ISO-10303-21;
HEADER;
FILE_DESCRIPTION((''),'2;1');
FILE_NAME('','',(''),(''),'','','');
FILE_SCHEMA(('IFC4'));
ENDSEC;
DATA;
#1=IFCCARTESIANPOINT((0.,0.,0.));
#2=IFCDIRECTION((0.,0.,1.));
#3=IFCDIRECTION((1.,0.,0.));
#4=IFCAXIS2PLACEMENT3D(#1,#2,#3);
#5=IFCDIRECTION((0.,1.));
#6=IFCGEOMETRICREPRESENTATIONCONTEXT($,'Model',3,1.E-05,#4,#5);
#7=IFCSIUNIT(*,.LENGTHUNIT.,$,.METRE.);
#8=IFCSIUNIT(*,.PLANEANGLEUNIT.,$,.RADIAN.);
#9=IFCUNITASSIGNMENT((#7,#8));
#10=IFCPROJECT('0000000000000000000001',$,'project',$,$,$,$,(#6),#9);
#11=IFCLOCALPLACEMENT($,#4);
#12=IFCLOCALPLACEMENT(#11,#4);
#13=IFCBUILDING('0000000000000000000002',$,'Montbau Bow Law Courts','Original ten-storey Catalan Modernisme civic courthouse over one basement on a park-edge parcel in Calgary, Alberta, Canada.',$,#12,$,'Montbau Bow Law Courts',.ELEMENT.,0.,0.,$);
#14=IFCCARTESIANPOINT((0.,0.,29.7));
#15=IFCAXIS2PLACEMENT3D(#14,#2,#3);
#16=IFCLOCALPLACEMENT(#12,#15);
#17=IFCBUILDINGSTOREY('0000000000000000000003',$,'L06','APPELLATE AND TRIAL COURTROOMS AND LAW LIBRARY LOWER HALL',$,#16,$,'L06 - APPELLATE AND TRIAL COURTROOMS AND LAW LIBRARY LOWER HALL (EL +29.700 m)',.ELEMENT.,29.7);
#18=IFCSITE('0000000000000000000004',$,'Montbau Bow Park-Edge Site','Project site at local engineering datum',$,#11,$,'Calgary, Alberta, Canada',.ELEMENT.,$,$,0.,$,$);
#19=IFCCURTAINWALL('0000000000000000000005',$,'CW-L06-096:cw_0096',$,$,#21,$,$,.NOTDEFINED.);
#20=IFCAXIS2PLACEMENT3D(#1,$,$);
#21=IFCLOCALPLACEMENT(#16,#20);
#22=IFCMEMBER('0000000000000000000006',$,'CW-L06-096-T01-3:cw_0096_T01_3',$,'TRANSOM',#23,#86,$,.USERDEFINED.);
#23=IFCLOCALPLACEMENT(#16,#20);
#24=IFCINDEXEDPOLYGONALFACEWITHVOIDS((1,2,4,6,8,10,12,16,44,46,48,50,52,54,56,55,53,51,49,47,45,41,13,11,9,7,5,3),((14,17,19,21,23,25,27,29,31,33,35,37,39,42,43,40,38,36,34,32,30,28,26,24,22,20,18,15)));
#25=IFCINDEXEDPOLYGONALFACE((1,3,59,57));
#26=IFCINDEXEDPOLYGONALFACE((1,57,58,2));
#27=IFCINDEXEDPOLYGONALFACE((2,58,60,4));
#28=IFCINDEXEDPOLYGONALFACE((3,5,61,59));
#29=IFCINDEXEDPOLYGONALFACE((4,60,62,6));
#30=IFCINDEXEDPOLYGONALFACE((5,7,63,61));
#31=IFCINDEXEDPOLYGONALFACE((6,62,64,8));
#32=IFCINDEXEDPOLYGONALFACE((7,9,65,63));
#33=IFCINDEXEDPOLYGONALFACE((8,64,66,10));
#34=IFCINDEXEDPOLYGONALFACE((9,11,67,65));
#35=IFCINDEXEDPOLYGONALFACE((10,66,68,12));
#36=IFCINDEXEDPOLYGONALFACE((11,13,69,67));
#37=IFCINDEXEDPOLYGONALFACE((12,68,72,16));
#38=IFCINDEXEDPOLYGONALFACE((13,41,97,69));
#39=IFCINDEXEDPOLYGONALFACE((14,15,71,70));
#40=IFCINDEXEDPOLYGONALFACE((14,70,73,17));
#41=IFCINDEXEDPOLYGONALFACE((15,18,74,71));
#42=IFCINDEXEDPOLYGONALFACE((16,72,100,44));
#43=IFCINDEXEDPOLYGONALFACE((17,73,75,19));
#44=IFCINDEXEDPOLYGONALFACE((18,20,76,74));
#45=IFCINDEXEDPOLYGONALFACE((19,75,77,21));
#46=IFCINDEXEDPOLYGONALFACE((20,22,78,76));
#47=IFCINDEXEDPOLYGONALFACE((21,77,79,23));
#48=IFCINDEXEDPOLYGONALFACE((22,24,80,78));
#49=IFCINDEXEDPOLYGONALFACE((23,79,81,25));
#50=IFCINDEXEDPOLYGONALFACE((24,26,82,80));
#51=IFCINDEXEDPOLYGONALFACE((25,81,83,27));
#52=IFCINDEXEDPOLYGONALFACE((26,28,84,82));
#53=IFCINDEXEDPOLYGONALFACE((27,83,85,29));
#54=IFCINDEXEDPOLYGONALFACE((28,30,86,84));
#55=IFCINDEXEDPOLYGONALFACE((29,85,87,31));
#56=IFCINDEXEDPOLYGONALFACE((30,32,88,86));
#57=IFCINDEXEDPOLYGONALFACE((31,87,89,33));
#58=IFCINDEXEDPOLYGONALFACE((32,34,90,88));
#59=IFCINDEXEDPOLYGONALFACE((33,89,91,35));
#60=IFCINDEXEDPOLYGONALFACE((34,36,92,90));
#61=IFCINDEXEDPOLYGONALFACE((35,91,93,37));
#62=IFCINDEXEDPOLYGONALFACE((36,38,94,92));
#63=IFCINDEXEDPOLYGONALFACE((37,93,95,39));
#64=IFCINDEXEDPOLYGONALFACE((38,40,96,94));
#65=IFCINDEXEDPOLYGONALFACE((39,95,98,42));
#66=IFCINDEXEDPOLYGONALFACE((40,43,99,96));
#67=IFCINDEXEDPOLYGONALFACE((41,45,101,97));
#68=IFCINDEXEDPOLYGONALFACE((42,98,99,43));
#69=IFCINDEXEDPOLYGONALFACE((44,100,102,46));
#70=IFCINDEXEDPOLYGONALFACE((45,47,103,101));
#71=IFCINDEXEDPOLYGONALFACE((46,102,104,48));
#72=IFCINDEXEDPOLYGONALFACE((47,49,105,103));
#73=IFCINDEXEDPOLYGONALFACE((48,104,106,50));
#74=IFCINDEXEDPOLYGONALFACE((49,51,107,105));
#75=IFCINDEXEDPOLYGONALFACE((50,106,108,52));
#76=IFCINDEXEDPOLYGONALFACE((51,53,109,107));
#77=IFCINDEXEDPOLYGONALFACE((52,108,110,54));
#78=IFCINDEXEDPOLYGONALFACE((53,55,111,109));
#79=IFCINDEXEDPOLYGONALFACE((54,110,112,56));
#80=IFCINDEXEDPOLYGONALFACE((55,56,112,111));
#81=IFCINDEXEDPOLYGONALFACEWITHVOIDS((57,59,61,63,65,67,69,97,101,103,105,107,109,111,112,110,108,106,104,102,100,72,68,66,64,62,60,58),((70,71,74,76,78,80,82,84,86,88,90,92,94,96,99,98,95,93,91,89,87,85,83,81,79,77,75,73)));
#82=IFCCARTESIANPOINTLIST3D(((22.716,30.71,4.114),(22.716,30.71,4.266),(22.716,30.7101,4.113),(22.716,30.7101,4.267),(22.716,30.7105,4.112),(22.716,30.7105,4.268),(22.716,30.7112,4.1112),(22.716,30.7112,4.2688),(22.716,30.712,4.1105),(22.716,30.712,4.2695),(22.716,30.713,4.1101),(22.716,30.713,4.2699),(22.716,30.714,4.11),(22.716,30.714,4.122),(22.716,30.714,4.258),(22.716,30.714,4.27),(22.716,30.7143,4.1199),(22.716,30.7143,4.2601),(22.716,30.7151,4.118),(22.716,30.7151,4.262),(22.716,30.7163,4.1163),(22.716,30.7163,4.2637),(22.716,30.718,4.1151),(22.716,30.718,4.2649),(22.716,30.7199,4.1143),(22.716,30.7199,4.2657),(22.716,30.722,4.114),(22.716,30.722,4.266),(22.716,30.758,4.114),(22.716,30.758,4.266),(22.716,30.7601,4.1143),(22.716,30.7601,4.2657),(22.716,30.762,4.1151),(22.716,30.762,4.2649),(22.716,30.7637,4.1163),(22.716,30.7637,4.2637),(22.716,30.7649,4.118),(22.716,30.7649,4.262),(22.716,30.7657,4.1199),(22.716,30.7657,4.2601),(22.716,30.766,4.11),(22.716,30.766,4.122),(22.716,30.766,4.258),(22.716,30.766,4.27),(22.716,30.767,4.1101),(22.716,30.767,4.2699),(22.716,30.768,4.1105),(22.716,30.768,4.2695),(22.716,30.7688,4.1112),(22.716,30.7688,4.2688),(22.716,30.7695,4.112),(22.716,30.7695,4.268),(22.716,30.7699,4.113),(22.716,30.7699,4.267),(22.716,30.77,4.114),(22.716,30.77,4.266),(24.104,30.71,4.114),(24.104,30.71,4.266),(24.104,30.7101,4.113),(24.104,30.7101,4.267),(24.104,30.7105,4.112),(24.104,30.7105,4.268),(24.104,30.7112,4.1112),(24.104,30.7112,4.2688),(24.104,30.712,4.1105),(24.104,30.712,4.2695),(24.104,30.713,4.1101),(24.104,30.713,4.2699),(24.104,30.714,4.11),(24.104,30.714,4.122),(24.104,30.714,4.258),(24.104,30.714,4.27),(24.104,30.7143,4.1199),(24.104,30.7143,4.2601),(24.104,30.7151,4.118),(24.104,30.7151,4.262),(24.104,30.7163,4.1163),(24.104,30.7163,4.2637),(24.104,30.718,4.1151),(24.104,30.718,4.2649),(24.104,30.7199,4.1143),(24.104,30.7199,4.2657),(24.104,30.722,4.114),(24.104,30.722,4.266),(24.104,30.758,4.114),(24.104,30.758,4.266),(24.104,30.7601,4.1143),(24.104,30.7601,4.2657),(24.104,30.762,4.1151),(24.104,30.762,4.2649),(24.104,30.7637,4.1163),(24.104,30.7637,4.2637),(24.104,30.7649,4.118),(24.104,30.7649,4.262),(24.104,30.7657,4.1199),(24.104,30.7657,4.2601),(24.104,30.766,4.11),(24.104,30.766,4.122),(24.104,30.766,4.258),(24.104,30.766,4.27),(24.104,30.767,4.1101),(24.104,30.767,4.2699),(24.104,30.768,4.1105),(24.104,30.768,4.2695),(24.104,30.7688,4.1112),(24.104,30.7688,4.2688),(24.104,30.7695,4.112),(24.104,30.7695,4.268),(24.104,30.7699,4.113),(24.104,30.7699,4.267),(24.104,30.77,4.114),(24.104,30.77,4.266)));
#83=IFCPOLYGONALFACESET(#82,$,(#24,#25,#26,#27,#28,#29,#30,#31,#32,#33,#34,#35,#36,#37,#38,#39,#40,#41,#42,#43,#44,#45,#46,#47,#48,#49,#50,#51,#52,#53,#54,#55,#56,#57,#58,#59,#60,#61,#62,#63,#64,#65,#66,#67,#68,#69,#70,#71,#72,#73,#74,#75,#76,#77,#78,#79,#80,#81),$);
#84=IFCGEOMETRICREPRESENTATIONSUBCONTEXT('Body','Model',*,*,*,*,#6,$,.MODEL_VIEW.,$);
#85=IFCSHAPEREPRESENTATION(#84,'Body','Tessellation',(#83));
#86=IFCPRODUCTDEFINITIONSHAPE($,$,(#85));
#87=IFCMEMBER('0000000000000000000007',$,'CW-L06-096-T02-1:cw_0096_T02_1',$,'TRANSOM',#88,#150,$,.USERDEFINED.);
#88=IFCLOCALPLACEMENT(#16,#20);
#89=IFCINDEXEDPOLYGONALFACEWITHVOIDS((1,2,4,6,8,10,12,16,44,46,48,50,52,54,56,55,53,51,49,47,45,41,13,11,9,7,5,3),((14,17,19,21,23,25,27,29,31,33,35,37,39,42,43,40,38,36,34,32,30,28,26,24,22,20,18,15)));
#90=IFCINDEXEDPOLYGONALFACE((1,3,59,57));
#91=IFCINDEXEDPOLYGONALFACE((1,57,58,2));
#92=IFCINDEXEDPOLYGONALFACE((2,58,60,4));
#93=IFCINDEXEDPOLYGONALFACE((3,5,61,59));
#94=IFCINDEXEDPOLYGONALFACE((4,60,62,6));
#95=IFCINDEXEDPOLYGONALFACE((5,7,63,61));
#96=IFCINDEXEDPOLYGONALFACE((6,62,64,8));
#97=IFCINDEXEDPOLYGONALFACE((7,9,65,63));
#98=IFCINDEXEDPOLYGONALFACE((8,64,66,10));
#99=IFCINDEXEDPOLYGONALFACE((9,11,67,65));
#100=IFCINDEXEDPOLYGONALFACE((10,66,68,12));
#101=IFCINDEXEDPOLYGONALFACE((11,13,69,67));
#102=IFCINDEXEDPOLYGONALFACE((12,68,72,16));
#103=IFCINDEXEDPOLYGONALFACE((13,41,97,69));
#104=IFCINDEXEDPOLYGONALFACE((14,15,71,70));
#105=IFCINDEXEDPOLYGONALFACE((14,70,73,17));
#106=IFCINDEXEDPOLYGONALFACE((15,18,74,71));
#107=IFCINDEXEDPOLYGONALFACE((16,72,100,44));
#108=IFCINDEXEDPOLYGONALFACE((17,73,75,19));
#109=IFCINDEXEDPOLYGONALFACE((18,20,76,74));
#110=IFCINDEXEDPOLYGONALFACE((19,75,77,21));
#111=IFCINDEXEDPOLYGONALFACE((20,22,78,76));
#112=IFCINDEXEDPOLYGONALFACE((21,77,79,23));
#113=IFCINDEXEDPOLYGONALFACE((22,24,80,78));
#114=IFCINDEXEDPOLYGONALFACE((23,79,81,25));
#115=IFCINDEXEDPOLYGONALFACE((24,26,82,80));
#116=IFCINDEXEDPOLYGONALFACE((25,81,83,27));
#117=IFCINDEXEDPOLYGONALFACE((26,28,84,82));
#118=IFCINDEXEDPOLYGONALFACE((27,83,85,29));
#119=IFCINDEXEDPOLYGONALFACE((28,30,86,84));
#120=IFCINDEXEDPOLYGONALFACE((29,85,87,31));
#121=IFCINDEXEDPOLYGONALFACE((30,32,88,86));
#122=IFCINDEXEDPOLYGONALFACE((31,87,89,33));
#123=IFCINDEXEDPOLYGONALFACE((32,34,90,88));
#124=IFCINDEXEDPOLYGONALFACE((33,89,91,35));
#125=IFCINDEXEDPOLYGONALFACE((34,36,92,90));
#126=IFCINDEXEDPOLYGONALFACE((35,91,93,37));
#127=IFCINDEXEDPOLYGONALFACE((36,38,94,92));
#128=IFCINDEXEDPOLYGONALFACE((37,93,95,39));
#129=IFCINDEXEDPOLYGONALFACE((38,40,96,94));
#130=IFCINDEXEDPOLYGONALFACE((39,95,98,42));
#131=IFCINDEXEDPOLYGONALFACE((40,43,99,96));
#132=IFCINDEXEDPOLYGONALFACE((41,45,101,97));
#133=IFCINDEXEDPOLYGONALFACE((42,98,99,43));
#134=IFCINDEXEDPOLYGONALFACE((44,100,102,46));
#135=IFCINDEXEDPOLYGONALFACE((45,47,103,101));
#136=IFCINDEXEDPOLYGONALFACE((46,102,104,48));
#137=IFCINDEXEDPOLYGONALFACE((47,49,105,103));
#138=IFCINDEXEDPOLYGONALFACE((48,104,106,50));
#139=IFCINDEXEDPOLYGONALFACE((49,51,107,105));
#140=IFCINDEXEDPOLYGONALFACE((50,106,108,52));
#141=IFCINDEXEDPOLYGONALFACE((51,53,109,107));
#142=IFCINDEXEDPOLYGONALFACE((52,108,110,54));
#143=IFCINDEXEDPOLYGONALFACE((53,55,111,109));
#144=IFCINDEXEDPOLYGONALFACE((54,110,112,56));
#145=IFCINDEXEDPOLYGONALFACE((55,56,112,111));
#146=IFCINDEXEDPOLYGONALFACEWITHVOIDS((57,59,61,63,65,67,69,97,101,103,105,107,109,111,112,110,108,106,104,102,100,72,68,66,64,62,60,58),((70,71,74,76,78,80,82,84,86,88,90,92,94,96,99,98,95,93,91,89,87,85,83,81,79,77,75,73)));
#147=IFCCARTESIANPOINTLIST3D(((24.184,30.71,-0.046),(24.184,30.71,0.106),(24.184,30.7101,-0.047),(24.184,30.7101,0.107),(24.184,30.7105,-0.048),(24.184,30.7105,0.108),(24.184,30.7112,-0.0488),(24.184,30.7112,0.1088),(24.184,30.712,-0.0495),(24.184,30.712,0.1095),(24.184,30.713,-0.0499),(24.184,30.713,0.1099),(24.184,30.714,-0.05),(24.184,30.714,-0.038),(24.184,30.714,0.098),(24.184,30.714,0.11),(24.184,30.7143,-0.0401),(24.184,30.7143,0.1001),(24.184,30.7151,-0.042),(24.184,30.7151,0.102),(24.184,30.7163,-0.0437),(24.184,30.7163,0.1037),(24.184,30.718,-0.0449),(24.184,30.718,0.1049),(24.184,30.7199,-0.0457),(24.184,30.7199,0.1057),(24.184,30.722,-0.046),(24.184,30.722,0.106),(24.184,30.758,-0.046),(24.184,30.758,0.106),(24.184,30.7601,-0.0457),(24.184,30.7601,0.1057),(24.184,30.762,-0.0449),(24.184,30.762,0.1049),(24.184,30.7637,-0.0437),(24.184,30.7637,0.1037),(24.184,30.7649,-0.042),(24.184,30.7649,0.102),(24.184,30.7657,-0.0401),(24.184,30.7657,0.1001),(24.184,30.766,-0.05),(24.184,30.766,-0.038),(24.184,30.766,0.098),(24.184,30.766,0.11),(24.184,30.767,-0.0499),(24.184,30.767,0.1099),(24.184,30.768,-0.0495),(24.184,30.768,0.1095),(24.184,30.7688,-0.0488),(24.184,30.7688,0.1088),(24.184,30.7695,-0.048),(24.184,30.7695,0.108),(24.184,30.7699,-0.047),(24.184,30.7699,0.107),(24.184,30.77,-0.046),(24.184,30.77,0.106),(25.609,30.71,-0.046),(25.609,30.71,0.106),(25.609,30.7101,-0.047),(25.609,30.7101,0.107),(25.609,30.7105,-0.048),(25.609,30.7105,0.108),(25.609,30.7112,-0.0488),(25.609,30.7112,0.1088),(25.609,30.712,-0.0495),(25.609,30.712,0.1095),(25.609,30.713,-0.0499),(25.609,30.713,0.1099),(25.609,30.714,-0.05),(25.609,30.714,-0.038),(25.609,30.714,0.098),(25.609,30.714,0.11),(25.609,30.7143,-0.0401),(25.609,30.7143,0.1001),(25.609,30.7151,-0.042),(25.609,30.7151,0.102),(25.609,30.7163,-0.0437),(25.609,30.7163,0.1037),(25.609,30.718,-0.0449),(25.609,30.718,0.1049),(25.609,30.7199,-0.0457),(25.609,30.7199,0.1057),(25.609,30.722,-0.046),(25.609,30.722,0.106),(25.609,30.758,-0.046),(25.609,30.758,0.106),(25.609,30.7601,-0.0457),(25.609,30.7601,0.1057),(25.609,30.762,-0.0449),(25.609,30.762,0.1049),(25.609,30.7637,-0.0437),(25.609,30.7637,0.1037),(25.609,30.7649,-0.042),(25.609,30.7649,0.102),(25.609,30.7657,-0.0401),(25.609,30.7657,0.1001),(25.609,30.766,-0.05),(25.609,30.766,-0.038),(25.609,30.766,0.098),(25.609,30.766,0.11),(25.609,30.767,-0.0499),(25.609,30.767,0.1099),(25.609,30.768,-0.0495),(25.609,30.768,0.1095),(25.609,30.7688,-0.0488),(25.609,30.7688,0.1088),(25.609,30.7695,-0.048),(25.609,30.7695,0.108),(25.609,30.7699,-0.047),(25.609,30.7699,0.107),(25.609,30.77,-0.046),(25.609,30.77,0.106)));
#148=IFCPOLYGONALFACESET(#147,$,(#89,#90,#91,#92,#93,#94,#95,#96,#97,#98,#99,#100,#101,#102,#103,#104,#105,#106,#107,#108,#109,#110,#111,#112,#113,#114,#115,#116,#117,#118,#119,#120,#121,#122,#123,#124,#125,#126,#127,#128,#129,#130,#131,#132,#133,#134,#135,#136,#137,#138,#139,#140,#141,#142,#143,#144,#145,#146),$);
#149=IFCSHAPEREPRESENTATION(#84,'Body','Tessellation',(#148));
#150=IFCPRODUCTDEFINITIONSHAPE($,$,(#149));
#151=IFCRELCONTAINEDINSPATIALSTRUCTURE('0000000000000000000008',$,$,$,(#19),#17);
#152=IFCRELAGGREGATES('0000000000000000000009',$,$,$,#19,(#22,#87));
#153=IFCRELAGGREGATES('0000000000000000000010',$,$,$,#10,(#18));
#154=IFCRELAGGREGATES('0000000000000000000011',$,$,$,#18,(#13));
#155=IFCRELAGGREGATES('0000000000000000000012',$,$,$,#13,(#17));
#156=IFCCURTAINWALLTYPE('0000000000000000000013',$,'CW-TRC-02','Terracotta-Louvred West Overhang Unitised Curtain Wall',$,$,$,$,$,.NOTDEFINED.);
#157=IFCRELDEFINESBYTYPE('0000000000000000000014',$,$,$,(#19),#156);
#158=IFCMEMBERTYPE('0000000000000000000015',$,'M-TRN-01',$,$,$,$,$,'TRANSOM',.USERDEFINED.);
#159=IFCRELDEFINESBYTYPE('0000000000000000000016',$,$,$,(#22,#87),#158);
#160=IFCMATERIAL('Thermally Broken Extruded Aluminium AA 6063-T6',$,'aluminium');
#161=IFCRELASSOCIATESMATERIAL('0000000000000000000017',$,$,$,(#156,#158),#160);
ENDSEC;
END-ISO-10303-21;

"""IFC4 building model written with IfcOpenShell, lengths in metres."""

from ifc_helpers import new_model, si_unit, direction, frame, origin_with_axes, origin_2d_with_axis, place, context, subcontext, project, spatial, hollow_rectangle, extrude, material, material_profile, profile_set, type_object, element, aggregate, save


model = new_model("IFC4")

# Units and contexts
model_context = context("Model", 3, precision=1e-05, world=origin_with_axes(), true_north=direction((0.0, 1.0)))
body_context = subcontext(model_context, "Body", "Model", "MODEL_VIEW")
ifc_project = project(units=[si_unit("LENGTHUNIT", "METRE"), si_unit("PLANEANGLEUNIT", "RADIAN")], contexts=[model_context])

# Site, building, storey
site_placement = place(None, origin_with_axes())
site = spatial("IfcSite", under=ifc_project, at=site_placement, Name="Montbau Bow Park-Edge Site", Description="Project site at local engineering datum", LongName="Calgary, Alberta, Canada", CompositionType="ELEMENT", RefElevation=0.0)
building_placement = place(site_placement, origin_with_axes())
building = spatial("IfcBuilding", under=site, at=building_placement, Name="Montbau Bow Law Courts", Description="Original ten-storey Catalan Modernisme civic courthouse over one basement on a park-edge parcel in Calgary, Alberta, Canada.", LongName="Montbau Bow Law Courts", CompositionType="ELEMENT", ElevationOfRefHeight=0.0, ElevationOfTerrain=0.0)
storey_placement = place(building_placement, frame((0.0, 0.0, 29.7), z_axis=(0.0, 0.0, 1.0), x_axis=(1.0, 0.0, 0.0)))
storey = spatial("IfcBuildingStorey", under=building, at=storey_placement, Name="L06", Description="APPELLATE AND TRIAL COURTROOMS AND LAW LIBRARY LOWER HALL", LongName="L06 - APPELLATE AND TRIAL COURTROOMS AND LAW LIBRARY LOWER HALL (EL +29.700 m)", CompositionType="ELEMENT", Elevation=29.7)

# Curtain wall, members
ifc_material_1 = material(Name="Thermally Broken Extruded Aluminium AA 6063-T6", Category="aluminium")
curtain_wall_type = type_object("IfcCurtainWallType", Name="CW-TRC-02", Description="Terracotta-Louvred West Overhang Unitised Curtain Wall", PredefinedType="NOTDEFINED", material=ifc_material_1)
curtain_wall_placement = place(None, frame((22.64, 30.74, 29.7), z_axis=(0.0, 0.0, 1.0), x_axis=(1.0, 0.0, 0.0)))
curtain_wall = element("IfcCurtainWall", 1, at=curtain_wall_placement, inside=storey, type_object=curtain_wall_type, Name="CW-L06-096:cw_0096", PredefinedType="NOTDEFINED")
ifc_material_profile_1 = material_profile(ifc_material_1, hollow_rectangle(XDim=0.06, YDim=0.16, WallThickness=0.004, InnerFilletRadius=0.008, OuterFilletRadius=0.004, at=origin_2d_with_axis()), Name="CWT-160X60", Category="Main", Priority=0)
ifc_profile_set_1 = profile_set([ifc_material_profile_1], Name="Thermally Broken Extruded Aluminium AA 6063-T6")
member_type_1 = type_object("IfcMemberType", Name="M-TRN-01", ElementType="TRANSOM", PredefinedType="USERDEFINED", material=ifc_profile_set_1)
member_1_placement = place(None, frame((22.716, 30.74, 33.89), z_axis=(1.0, 0.0, 0.0), x_axis=(0.0, 1.0, 0.0)))
member_1 = element("IfcMember", 2, at=member_1_placement, type_object=member_type_1, Name="CW-L06-096-T01-3:cw_0096_T01_3", ObjectType="TRANSOM", PredefinedType="USERDEFINED", context=body_context, shape_type="SweptSolid", body=[
    extrude(hollow_rectangle(XDim=0.06, YDim=0.16, WallThickness=0.004, InnerFilletRadius=0.008, OuterFilletRadius=0.004, at=origin_2d_with_axis()), origin_with_axes(), (0.0, 0.0, 1.0), 1.388),
])
member_2_placement = place(None, frame((24.184, 30.74, 29.73), z_axis=(1.0, 0.0, 0.0), x_axis=(0.0, 1.0, 0.0)))
member_2 = element("IfcMember", 3, at=member_2_placement, type_object=member_type_1, Name="CW-L06-096-T02-1:cw_0096_T02_1", ObjectType="TRANSOM", PredefinedType="USERDEFINED", context=body_context, shape_type="SweptSolid", body=[
    extrude(hollow_rectangle(XDim=0.06, YDim=0.16, WallThickness=0.004, InnerFilletRadius=0.008, OuterFilletRadius=0.004, at=origin_2d_with_axis()), origin_with_axes(), (0.0, 0.0, 1.0), 1.425),
])
aggregate(curtain_wall, [member_1, member_2])

save(model, "model.ifc")
